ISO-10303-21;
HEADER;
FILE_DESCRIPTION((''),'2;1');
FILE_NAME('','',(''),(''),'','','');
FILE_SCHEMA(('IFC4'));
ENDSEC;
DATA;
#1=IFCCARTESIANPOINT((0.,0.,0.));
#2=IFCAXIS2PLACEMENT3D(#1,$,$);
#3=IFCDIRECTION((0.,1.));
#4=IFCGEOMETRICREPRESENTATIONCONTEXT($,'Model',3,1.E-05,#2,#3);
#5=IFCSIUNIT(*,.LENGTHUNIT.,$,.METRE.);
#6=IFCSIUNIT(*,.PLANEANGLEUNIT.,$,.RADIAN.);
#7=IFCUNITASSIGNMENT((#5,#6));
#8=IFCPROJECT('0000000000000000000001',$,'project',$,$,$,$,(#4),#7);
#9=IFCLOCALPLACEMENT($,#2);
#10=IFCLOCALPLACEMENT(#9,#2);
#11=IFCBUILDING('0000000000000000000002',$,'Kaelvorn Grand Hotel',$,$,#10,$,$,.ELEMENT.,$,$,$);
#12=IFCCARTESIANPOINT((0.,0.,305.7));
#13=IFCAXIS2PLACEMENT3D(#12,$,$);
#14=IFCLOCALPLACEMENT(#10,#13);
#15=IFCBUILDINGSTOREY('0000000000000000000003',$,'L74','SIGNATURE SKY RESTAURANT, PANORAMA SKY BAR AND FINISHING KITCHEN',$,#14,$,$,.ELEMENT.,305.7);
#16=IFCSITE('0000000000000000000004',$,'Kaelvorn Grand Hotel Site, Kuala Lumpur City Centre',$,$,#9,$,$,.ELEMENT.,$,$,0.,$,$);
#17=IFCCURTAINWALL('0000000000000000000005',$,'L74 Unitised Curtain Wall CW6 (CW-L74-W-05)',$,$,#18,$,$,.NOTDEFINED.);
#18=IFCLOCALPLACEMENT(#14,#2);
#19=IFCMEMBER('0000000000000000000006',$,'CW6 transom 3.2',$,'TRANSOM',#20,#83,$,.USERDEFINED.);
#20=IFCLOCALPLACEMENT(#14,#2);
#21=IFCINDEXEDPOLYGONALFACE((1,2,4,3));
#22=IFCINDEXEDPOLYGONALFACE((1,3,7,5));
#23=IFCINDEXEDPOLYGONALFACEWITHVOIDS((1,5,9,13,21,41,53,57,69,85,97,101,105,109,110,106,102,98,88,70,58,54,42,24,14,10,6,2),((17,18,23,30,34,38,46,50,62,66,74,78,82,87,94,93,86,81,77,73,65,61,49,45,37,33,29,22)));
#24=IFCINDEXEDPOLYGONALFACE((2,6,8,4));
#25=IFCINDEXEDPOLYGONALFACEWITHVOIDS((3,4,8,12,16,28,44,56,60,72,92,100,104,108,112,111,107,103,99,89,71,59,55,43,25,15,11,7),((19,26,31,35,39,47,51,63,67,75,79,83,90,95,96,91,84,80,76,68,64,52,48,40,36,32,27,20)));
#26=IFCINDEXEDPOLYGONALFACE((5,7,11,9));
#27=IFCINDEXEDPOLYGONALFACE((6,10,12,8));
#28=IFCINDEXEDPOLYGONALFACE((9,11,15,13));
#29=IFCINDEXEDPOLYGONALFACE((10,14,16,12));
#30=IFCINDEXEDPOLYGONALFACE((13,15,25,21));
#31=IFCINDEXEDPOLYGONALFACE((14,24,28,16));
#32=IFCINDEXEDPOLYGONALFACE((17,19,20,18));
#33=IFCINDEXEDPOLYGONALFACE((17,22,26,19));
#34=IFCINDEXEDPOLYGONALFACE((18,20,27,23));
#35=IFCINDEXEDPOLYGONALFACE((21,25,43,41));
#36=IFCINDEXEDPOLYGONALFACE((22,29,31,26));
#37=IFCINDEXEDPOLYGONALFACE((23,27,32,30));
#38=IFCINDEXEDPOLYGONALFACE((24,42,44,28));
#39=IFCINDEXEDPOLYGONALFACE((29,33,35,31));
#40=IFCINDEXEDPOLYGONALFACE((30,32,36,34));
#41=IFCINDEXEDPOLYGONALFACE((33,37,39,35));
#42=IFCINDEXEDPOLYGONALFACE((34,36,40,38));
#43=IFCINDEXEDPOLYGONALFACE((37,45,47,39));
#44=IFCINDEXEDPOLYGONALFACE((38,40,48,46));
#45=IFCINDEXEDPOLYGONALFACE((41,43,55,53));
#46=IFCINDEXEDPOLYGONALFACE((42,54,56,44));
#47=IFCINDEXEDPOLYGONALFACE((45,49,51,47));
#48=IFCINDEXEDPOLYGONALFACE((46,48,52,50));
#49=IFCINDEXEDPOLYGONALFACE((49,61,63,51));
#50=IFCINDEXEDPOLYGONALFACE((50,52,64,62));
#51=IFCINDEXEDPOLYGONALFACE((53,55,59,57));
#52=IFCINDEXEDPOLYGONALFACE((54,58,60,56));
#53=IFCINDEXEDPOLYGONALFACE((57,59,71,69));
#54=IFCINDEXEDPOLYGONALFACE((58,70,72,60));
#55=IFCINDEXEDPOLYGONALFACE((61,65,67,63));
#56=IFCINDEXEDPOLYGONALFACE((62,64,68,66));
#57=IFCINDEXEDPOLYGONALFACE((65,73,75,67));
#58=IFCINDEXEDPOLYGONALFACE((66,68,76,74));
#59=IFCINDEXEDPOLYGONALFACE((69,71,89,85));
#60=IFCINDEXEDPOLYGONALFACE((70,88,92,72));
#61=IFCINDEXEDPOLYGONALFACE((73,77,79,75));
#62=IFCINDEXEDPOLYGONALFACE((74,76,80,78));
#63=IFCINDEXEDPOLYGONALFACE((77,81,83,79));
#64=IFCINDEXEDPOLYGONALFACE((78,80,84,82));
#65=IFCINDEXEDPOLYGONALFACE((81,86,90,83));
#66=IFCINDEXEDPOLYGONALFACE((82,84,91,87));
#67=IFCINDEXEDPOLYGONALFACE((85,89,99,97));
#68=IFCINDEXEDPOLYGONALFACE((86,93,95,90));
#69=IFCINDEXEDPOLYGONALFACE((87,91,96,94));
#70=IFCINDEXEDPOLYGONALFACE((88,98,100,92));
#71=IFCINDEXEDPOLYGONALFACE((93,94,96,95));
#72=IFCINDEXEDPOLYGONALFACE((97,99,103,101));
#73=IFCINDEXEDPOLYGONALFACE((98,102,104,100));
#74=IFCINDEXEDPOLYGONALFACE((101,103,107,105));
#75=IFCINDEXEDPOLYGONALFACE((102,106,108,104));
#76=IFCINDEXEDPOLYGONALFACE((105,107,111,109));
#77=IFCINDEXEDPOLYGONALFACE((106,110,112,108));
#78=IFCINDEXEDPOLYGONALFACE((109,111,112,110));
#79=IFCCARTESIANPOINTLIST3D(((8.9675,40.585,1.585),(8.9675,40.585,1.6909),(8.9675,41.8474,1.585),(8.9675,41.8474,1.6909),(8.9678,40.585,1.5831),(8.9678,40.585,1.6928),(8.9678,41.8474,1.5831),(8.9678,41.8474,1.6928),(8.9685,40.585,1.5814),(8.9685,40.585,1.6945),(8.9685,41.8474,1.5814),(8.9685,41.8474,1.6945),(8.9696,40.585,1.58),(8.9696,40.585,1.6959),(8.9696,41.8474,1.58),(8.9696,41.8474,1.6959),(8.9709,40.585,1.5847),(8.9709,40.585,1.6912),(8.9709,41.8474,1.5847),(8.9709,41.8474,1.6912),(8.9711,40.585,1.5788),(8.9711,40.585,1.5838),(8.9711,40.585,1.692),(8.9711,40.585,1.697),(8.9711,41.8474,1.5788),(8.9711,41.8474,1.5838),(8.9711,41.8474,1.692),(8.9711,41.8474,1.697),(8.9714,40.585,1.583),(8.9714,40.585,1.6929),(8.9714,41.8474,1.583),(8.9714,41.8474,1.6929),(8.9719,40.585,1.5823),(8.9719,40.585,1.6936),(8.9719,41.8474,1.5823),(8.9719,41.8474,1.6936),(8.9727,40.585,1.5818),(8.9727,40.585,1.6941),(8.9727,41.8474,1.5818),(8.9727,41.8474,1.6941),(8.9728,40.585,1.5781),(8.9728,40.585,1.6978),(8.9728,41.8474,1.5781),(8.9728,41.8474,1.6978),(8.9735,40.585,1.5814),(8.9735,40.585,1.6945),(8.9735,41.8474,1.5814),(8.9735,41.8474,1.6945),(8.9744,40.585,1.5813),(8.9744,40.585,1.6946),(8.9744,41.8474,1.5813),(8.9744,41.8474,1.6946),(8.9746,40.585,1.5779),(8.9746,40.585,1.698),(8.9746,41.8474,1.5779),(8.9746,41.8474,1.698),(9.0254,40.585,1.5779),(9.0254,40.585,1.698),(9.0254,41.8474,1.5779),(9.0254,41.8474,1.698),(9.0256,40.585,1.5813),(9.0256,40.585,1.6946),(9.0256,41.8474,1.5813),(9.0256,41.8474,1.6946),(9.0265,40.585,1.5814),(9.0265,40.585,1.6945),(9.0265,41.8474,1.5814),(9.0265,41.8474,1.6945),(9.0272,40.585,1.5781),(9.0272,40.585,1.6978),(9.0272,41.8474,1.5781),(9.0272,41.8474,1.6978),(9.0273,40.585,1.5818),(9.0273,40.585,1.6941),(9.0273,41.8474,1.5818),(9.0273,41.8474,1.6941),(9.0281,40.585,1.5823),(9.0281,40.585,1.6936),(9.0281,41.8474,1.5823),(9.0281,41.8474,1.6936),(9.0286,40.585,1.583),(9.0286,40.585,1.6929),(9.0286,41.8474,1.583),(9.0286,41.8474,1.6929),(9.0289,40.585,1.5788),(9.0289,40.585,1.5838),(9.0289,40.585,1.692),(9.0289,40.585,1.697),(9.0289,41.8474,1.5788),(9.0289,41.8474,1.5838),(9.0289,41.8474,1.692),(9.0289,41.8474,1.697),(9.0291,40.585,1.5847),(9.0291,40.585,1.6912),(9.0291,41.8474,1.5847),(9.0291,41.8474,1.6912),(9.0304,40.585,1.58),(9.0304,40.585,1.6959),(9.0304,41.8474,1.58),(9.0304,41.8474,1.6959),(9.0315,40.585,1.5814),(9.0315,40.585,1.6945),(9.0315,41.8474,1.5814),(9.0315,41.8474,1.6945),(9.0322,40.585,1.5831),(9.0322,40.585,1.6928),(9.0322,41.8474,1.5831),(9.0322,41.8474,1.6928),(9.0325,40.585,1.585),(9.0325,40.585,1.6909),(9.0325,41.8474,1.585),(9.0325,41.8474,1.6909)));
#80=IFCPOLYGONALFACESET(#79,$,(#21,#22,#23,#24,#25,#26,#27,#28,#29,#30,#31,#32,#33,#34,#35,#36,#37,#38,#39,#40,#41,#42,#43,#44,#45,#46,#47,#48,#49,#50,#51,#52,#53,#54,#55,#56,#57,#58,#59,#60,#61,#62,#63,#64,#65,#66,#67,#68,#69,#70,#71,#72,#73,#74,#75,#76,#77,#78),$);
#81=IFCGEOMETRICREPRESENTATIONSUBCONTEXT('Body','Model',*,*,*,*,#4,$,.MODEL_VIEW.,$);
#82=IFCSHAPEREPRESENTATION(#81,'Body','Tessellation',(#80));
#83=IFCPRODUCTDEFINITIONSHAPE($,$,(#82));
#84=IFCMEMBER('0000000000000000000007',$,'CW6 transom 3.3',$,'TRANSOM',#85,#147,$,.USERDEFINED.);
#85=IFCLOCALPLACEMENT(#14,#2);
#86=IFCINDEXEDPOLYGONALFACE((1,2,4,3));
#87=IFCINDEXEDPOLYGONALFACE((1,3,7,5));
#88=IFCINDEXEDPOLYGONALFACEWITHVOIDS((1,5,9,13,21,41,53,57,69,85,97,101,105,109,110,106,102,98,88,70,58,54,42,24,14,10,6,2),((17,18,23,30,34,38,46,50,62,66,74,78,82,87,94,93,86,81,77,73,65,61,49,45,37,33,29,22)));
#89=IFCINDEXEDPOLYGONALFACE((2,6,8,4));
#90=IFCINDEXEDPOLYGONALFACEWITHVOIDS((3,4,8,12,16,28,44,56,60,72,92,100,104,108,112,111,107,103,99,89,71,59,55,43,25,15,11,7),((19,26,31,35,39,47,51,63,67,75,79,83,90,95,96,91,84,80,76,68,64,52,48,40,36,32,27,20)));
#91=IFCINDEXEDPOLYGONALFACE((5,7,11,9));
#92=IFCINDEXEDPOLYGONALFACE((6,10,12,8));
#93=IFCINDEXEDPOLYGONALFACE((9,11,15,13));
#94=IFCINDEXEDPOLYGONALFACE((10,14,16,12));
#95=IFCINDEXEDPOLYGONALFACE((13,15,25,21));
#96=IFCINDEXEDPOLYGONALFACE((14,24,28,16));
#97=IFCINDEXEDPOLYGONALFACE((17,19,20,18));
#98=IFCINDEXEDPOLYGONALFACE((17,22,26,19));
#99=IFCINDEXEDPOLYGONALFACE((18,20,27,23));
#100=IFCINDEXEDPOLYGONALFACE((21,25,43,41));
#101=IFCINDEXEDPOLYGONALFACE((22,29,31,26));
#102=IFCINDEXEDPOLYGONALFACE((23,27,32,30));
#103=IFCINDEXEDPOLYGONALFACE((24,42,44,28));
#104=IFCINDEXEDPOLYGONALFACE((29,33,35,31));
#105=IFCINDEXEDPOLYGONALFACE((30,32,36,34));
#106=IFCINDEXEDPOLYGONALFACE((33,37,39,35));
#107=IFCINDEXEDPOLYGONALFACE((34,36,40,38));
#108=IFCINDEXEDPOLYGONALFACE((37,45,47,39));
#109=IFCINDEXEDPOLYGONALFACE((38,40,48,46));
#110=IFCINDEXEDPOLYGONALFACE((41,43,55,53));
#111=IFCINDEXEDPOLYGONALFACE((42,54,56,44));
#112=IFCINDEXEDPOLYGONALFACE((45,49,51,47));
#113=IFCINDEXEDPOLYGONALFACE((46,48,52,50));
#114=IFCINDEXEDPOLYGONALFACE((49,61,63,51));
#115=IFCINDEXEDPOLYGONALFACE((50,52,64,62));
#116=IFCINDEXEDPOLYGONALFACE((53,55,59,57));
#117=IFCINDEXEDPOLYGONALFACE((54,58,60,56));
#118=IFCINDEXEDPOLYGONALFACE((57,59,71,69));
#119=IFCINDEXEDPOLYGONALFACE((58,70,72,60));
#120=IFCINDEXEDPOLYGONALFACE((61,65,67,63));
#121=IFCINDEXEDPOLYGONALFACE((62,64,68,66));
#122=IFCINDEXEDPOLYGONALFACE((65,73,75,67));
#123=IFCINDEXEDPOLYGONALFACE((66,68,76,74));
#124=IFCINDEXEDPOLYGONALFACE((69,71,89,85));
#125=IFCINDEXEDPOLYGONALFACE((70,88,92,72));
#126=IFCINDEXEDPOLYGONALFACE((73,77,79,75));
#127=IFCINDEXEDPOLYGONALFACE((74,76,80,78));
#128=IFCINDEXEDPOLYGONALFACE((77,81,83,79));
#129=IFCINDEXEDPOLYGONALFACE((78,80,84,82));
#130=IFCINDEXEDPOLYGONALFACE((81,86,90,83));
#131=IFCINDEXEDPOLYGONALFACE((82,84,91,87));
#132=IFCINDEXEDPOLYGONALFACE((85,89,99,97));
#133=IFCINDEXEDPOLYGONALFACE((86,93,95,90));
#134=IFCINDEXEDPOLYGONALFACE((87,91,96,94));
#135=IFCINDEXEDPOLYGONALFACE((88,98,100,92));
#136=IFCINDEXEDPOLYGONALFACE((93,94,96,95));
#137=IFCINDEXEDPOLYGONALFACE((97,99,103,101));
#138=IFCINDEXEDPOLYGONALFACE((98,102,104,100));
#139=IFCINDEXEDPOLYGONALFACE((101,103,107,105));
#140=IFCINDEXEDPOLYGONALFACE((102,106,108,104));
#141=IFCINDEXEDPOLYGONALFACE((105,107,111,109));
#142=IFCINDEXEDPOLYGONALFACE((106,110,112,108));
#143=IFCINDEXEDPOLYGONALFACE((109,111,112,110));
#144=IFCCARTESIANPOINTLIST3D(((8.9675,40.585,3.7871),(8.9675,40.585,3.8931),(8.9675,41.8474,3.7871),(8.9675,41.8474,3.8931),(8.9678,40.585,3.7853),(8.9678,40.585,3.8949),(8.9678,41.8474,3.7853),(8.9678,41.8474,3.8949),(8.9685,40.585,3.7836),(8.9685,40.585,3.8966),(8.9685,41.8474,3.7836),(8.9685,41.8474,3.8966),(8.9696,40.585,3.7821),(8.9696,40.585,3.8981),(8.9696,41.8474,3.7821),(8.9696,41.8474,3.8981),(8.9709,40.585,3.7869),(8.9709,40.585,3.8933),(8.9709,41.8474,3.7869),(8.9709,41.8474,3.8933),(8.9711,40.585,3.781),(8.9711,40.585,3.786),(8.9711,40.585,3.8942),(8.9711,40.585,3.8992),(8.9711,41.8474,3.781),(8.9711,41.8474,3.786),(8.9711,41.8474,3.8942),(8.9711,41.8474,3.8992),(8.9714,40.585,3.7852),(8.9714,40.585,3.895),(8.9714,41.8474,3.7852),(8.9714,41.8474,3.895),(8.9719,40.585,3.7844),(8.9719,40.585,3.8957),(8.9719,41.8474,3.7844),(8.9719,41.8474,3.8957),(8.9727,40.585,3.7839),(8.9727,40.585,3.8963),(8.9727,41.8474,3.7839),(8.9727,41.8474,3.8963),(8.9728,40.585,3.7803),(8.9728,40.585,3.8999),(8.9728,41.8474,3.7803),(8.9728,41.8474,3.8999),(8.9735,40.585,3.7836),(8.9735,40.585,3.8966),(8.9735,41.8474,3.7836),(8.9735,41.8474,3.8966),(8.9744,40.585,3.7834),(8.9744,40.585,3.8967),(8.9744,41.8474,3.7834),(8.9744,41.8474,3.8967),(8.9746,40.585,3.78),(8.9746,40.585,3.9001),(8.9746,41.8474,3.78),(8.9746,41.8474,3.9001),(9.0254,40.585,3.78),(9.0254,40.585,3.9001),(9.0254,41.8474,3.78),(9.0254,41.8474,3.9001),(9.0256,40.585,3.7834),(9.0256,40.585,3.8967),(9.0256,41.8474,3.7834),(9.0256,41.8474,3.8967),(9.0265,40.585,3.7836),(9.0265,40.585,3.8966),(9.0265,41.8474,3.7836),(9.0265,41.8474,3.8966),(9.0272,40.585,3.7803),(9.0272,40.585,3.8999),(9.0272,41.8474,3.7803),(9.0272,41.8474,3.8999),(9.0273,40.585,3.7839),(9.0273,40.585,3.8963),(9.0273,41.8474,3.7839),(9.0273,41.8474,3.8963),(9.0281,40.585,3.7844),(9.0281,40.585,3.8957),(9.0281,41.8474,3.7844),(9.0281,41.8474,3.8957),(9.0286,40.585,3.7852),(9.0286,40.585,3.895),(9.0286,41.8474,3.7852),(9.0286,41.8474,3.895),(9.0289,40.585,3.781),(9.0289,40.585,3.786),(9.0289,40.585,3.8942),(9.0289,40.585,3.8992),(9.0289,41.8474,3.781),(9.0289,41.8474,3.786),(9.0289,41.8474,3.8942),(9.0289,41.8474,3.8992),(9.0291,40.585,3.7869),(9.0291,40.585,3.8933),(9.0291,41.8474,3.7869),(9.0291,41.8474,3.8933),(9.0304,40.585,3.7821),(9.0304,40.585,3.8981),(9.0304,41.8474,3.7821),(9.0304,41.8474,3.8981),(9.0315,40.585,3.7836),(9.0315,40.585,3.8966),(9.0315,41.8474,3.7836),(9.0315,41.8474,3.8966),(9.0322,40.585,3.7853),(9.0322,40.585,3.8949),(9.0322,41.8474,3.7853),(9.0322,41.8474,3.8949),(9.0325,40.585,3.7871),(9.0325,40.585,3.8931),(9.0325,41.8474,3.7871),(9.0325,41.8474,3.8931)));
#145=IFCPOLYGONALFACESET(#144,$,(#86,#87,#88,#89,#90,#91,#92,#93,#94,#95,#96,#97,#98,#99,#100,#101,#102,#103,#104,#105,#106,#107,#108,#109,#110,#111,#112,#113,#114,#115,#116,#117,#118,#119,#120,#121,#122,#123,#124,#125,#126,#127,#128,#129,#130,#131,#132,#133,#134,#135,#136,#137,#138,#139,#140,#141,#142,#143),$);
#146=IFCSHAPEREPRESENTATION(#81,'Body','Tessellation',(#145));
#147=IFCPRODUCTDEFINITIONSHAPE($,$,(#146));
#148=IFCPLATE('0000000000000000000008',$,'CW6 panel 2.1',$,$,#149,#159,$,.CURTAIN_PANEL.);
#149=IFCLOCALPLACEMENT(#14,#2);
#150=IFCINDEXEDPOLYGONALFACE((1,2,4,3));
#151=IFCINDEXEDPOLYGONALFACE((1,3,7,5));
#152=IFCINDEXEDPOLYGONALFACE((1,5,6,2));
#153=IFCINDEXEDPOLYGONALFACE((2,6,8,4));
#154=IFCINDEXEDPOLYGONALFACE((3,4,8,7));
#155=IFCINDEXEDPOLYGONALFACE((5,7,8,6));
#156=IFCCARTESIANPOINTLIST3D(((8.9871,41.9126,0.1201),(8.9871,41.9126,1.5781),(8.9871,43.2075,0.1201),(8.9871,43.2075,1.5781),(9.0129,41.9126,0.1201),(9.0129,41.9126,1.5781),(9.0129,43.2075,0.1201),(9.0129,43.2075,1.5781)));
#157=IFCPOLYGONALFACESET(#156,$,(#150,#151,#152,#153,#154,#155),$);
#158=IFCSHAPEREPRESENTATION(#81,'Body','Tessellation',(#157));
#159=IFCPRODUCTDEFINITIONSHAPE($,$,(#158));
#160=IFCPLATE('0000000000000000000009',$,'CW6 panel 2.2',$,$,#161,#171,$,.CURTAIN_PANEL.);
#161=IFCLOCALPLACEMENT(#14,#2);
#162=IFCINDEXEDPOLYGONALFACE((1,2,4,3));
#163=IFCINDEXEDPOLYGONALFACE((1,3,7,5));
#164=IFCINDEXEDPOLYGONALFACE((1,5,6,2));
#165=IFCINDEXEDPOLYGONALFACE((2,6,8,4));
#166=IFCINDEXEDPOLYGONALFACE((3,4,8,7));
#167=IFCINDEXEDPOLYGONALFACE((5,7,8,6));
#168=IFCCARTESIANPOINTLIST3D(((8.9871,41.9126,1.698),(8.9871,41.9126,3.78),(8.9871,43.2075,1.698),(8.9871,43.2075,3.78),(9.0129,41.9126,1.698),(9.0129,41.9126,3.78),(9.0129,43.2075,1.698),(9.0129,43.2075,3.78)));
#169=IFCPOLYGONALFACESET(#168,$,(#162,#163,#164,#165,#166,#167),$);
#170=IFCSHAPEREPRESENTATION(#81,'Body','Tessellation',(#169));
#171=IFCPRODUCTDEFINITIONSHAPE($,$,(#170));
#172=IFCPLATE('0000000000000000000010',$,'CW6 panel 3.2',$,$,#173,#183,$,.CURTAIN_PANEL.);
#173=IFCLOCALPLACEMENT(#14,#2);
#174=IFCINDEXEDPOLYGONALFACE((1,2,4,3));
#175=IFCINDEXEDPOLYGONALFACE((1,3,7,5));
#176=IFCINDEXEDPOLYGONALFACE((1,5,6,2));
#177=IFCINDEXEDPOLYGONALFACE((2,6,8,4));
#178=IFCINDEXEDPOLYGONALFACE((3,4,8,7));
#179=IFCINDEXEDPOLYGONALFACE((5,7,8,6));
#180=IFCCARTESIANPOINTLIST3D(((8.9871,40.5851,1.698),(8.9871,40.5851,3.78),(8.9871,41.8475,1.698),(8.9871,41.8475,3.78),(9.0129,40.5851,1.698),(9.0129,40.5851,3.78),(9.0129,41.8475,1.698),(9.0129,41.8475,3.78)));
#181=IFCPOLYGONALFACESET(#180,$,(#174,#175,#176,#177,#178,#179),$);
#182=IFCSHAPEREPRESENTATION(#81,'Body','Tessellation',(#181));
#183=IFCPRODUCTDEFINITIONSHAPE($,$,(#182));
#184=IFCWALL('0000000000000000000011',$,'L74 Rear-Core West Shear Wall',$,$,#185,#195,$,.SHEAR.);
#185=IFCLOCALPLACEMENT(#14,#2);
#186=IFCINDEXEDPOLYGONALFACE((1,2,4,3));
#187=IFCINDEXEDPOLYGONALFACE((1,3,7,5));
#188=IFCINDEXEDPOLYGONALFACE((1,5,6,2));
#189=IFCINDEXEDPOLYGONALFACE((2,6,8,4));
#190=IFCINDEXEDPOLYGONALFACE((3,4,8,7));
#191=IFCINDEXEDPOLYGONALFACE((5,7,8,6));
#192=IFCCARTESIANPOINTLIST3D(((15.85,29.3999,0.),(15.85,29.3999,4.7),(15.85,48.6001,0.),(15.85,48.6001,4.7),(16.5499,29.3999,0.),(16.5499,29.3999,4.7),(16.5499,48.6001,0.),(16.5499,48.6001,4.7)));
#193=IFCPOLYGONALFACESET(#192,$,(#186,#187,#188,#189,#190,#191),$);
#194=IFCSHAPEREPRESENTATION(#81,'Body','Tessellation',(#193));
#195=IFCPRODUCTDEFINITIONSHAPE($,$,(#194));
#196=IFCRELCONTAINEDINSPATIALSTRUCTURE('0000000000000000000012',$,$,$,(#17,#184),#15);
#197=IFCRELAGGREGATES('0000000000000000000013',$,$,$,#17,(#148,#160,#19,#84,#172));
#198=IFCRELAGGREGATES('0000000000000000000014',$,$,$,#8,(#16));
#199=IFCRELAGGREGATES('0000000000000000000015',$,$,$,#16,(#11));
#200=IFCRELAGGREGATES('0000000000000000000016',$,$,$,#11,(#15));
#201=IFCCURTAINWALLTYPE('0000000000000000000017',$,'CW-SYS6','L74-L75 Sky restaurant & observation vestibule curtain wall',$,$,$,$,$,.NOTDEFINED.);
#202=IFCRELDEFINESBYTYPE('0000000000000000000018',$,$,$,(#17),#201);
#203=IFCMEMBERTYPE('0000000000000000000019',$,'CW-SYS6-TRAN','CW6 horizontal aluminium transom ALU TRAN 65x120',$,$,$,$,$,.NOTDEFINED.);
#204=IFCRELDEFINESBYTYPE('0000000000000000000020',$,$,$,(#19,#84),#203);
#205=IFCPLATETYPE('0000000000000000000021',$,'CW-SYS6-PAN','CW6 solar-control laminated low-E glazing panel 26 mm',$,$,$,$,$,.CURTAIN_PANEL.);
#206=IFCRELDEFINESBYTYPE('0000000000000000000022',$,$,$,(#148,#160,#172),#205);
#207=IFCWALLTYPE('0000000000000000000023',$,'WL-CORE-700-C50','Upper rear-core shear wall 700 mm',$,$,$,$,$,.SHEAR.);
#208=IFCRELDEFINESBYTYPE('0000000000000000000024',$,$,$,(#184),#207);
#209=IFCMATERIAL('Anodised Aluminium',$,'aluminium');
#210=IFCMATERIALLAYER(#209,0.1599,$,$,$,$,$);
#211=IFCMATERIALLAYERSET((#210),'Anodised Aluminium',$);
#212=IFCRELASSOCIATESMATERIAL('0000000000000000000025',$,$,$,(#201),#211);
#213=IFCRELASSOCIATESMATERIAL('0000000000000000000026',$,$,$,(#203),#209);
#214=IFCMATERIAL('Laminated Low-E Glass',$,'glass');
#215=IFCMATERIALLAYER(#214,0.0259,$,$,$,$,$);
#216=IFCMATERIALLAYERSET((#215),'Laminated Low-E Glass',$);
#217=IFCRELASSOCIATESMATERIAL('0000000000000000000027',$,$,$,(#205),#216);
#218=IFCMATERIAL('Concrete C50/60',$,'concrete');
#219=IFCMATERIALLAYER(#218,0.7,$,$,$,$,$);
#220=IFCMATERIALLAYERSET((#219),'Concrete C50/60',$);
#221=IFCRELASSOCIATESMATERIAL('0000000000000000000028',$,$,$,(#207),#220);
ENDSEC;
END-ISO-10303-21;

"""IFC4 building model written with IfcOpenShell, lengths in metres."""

from ifc_helpers import new_model, si_unit, direction, frame, frame_2d, origin, origin_2d, place, context, subcontext, project, spatial, rectangle, hollow_rectangle, extrude, material, layer, layer_set, material_profile, profile_set, type_object, element, aggregate, save


model = new_model("IFC4")

# Units and contexts
model_context = context("Model", 3, precision=1e-05, world=origin(), true_north=direction((0.0, 1.0)))
body_context = subcontext(model_context, "Body", "Model", "MODEL_VIEW")
ifc_project = project(units=[si_unit("LENGTHUNIT", "METRE"), si_unit("PLANEANGLEUNIT", "RADIAN")], contexts=[model_context])

# Site, building, storey
site_placement = place(None, origin())
site = spatial("IfcSite", under=ifc_project, at=site_placement, Name="Kaelvorn Grand Hotel Site, Kuala Lumpur City Centre", CompositionType="ELEMENT", RefElevation=0.0)
building_placement = place(site_placement, origin())
building = spatial("IfcBuilding", under=site, at=building_placement, Name="Kaelvorn Grand Hotel", CompositionType="ELEMENT")
storey_placement = place(building_placement, frame((0.0, 0.0, 305.7)))
storey = spatial("IfcBuildingStorey", under=building, at=storey_placement, Name="L74", Description="SIGNATURE SKY RESTAURANT, PANORAMA SKY BAR AND FINISHING KITCHEN", CompositionType="ELEMENT", Elevation=305.7)

# Shared definitions
ifc_material_1 = material(Name="Concrete C50/60", Category="concrete")

# Curtain wall, members, plates
ifc_material_2 = material(Name="Anodised Aluminium", Category="aluminium")
ifc_layer_1 = layer(ifc_material_2, 0.1599)
ifc_layer_set_1 = layer_set([ifc_layer_1], Name="Anodised Aluminium")
curtain_wall_type = type_object("IfcCurtainWallType", Name="CW-SYS6", Description="L74-L75 Sky restaurant & observation vestibule curtain wall", PredefinedType="NOTDEFINED", material=ifc_layer_set_1)
curtain_wall_placement = place(storey_placement, origin())
curtain_wall = element("IfcCurtainWall", 1, at=curtain_wall_placement, inside=storey, type_object=curtain_wall_type, Name="L74 Unitised Curtain Wall CW6 (CW-L74-W-05)", PredefinedType="NOTDEFINED")
ifc_material_profile_1 = material_profile(ifc_material_2, hollow_rectangle(XDim=0.0649, YDim=0.1201, WallThickness=0.0034, InnerFilletRadius=0.0034, OuterFilletRadius=0.0071, at=origin_2d()), Name="ALU TRAN 65x120")
ifc_profile_set_1 = profile_set([ifc_material_profile_1], Name="Anodised Aluminium")
member_type_1 = type_object("IfcMemberType", Name="CW-SYS6-TRAN", Description="CW6 horizontal aluminium transom ALU TRAN 65x120", PredefinedType="NOTDEFINED", material=ifc_profile_set_1)
member_1_placement = place(storey_placement, frame((9.0, 41.8474, 1.6379), z_axis=(0.0, -1.0, 0.0), x_axis=(1.0, 0.0, 0.0)))
member_1 = element("IfcMember", 2, at=member_1_placement, type_object=member_type_1, Name="CW6 transom 3.2", ObjectType="TRANSOM", PredefinedType="USERDEFINED", context=body_context, shape_type="SweptSolid", body=[
    extrude(hollow_rectangle(XDim=0.0649, YDim=0.1201, WallThickness=0.0034, InnerFilletRadius=0.0034, OuterFilletRadius=0.0071, at=origin_2d()), origin(), (0.0, 0.0, 1.0), 1.2625),
])
member_2_placement = place(storey_placement, frame((9.0, 41.8474, 3.8401), z_axis=(0.0, -1.0, 0.0), x_axis=(1.0, 0.0, 0.0)))
member_2 = element("IfcMember", 3, at=member_2_placement, type_object=member_type_1, Name="CW6 transom 3.3", ObjectType="TRANSOM", PredefinedType="USERDEFINED", context=body_context, shape_type="SweptSolid", body=[
    extrude(hollow_rectangle(XDim=0.0649, YDim=0.1201, WallThickness=0.0034, InnerFilletRadius=0.0034, OuterFilletRadius=0.0071, at=origin_2d()), origin(), (0.0, 0.0, 1.0), 1.2625),
])
ifc_material_3 = material(Name="Laminated Low-E Glass", Category="glass")
ifc_layer_2 = layer(ifc_material_3, 0.0259)
ifc_layer_set_2 = layer_set([ifc_layer_2], Name="Laminated Low-E Glass")
plate_type = type_object("IfcPlateType", Name="CW-SYS6-PAN", Description="CW6 solar-control laminated low-E glazing panel 26 mm", PredefinedType="CURTAIN_PANEL", material=ifc_layer_set_2)
plate_1_placement = place(storey_placement, frame((9.0, 42.5601, 0.1201), z_axis=(0.0, 0.0, 1.0), x_axis=(0.0, -1.0, 0.0)))
plate_1 = element("IfcPlate", 4, at=plate_1_placement, type_object=plate_type, Name="CW6 panel 2.1", PredefinedType="CURTAIN_PANEL", context=body_context, shape_type="SweptSolid", body=[
    extrude(rectangle(XDim=1.2949, YDim=0.0259, at=origin_2d()), origin(), (0.0, 0.0, 1.0), 1.458),
])
plate_2_placement = place(storey_placement, frame((9.0, 42.5601, 1.698), z_axis=(0.0, 0.0, 1.0), x_axis=(0.0, -1.0, 0.0)))
plate_2 = element("IfcPlate", 5, at=plate_2_placement, type_object=plate_type, Name="CW6 panel 2.2", PredefinedType="CURTAIN_PANEL", context=body_context, shape_type="SweptSolid", body=[
    extrude(rectangle(XDim=1.2949, YDim=0.0259, at=origin_2d()), origin(), (0.0, 0.0, 1.0), 2.082),
])
plate_3_placement = place(storey_placement, frame((9.0, 41.2163, 1.698), z_axis=(0.0, 0.0, 1.0), x_axis=(0.0, -1.0, 0.0)))
plate_3 = element("IfcPlate", 6, at=plate_3_placement, type_object=plate_type, Name="CW6 panel 3.2", PredefinedType="CURTAIN_PANEL", context=body_context, shape_type="SweptSolid", body=[
    extrude(rectangle(XDim=1.2625, YDim=0.0259, at=origin_2d()), origin(), (0.0, 0.0, 1.0), 2.082),
])
aggregate(curtain_wall, [plate_1, plate_2, member_1, member_2, plate_3])

# Wall
ifc_layer_3 = layer(ifc_material_1, 0.7)
ifc_layer_set_3 = layer_set([ifc_layer_3], Name="Concrete C50/60")
wall_type_1 = type_object("IfcWallType", Name="WL-CORE-700-C50", Description="Upper rear-core shear wall 700 mm", PredefinedType="SHEAR", material=ifc_layer_set_3)
wall_1_placement = place(storey_placement, frame((16.2, 29.3999, 0.0), z_axis=(0.0, 0.0, 1.0), x_axis=(0.0, 1.0, 0.0)))
element("IfcWall", 7, at=wall_1_placement, inside=storey, type_object=wall_type_1, Name="L74 Rear-Core West Shear Wall", PredefinedType="SHEAR", context=body_context, shape_type="SweptSolid", body=[
    extrude(rectangle(XDim=19.2002, YDim=0.7, at=frame_2d((9.6001, 0.0))), origin(), (0.0, 0.0, 1.0), 4.7),
])

save(model, "model.ifc")
